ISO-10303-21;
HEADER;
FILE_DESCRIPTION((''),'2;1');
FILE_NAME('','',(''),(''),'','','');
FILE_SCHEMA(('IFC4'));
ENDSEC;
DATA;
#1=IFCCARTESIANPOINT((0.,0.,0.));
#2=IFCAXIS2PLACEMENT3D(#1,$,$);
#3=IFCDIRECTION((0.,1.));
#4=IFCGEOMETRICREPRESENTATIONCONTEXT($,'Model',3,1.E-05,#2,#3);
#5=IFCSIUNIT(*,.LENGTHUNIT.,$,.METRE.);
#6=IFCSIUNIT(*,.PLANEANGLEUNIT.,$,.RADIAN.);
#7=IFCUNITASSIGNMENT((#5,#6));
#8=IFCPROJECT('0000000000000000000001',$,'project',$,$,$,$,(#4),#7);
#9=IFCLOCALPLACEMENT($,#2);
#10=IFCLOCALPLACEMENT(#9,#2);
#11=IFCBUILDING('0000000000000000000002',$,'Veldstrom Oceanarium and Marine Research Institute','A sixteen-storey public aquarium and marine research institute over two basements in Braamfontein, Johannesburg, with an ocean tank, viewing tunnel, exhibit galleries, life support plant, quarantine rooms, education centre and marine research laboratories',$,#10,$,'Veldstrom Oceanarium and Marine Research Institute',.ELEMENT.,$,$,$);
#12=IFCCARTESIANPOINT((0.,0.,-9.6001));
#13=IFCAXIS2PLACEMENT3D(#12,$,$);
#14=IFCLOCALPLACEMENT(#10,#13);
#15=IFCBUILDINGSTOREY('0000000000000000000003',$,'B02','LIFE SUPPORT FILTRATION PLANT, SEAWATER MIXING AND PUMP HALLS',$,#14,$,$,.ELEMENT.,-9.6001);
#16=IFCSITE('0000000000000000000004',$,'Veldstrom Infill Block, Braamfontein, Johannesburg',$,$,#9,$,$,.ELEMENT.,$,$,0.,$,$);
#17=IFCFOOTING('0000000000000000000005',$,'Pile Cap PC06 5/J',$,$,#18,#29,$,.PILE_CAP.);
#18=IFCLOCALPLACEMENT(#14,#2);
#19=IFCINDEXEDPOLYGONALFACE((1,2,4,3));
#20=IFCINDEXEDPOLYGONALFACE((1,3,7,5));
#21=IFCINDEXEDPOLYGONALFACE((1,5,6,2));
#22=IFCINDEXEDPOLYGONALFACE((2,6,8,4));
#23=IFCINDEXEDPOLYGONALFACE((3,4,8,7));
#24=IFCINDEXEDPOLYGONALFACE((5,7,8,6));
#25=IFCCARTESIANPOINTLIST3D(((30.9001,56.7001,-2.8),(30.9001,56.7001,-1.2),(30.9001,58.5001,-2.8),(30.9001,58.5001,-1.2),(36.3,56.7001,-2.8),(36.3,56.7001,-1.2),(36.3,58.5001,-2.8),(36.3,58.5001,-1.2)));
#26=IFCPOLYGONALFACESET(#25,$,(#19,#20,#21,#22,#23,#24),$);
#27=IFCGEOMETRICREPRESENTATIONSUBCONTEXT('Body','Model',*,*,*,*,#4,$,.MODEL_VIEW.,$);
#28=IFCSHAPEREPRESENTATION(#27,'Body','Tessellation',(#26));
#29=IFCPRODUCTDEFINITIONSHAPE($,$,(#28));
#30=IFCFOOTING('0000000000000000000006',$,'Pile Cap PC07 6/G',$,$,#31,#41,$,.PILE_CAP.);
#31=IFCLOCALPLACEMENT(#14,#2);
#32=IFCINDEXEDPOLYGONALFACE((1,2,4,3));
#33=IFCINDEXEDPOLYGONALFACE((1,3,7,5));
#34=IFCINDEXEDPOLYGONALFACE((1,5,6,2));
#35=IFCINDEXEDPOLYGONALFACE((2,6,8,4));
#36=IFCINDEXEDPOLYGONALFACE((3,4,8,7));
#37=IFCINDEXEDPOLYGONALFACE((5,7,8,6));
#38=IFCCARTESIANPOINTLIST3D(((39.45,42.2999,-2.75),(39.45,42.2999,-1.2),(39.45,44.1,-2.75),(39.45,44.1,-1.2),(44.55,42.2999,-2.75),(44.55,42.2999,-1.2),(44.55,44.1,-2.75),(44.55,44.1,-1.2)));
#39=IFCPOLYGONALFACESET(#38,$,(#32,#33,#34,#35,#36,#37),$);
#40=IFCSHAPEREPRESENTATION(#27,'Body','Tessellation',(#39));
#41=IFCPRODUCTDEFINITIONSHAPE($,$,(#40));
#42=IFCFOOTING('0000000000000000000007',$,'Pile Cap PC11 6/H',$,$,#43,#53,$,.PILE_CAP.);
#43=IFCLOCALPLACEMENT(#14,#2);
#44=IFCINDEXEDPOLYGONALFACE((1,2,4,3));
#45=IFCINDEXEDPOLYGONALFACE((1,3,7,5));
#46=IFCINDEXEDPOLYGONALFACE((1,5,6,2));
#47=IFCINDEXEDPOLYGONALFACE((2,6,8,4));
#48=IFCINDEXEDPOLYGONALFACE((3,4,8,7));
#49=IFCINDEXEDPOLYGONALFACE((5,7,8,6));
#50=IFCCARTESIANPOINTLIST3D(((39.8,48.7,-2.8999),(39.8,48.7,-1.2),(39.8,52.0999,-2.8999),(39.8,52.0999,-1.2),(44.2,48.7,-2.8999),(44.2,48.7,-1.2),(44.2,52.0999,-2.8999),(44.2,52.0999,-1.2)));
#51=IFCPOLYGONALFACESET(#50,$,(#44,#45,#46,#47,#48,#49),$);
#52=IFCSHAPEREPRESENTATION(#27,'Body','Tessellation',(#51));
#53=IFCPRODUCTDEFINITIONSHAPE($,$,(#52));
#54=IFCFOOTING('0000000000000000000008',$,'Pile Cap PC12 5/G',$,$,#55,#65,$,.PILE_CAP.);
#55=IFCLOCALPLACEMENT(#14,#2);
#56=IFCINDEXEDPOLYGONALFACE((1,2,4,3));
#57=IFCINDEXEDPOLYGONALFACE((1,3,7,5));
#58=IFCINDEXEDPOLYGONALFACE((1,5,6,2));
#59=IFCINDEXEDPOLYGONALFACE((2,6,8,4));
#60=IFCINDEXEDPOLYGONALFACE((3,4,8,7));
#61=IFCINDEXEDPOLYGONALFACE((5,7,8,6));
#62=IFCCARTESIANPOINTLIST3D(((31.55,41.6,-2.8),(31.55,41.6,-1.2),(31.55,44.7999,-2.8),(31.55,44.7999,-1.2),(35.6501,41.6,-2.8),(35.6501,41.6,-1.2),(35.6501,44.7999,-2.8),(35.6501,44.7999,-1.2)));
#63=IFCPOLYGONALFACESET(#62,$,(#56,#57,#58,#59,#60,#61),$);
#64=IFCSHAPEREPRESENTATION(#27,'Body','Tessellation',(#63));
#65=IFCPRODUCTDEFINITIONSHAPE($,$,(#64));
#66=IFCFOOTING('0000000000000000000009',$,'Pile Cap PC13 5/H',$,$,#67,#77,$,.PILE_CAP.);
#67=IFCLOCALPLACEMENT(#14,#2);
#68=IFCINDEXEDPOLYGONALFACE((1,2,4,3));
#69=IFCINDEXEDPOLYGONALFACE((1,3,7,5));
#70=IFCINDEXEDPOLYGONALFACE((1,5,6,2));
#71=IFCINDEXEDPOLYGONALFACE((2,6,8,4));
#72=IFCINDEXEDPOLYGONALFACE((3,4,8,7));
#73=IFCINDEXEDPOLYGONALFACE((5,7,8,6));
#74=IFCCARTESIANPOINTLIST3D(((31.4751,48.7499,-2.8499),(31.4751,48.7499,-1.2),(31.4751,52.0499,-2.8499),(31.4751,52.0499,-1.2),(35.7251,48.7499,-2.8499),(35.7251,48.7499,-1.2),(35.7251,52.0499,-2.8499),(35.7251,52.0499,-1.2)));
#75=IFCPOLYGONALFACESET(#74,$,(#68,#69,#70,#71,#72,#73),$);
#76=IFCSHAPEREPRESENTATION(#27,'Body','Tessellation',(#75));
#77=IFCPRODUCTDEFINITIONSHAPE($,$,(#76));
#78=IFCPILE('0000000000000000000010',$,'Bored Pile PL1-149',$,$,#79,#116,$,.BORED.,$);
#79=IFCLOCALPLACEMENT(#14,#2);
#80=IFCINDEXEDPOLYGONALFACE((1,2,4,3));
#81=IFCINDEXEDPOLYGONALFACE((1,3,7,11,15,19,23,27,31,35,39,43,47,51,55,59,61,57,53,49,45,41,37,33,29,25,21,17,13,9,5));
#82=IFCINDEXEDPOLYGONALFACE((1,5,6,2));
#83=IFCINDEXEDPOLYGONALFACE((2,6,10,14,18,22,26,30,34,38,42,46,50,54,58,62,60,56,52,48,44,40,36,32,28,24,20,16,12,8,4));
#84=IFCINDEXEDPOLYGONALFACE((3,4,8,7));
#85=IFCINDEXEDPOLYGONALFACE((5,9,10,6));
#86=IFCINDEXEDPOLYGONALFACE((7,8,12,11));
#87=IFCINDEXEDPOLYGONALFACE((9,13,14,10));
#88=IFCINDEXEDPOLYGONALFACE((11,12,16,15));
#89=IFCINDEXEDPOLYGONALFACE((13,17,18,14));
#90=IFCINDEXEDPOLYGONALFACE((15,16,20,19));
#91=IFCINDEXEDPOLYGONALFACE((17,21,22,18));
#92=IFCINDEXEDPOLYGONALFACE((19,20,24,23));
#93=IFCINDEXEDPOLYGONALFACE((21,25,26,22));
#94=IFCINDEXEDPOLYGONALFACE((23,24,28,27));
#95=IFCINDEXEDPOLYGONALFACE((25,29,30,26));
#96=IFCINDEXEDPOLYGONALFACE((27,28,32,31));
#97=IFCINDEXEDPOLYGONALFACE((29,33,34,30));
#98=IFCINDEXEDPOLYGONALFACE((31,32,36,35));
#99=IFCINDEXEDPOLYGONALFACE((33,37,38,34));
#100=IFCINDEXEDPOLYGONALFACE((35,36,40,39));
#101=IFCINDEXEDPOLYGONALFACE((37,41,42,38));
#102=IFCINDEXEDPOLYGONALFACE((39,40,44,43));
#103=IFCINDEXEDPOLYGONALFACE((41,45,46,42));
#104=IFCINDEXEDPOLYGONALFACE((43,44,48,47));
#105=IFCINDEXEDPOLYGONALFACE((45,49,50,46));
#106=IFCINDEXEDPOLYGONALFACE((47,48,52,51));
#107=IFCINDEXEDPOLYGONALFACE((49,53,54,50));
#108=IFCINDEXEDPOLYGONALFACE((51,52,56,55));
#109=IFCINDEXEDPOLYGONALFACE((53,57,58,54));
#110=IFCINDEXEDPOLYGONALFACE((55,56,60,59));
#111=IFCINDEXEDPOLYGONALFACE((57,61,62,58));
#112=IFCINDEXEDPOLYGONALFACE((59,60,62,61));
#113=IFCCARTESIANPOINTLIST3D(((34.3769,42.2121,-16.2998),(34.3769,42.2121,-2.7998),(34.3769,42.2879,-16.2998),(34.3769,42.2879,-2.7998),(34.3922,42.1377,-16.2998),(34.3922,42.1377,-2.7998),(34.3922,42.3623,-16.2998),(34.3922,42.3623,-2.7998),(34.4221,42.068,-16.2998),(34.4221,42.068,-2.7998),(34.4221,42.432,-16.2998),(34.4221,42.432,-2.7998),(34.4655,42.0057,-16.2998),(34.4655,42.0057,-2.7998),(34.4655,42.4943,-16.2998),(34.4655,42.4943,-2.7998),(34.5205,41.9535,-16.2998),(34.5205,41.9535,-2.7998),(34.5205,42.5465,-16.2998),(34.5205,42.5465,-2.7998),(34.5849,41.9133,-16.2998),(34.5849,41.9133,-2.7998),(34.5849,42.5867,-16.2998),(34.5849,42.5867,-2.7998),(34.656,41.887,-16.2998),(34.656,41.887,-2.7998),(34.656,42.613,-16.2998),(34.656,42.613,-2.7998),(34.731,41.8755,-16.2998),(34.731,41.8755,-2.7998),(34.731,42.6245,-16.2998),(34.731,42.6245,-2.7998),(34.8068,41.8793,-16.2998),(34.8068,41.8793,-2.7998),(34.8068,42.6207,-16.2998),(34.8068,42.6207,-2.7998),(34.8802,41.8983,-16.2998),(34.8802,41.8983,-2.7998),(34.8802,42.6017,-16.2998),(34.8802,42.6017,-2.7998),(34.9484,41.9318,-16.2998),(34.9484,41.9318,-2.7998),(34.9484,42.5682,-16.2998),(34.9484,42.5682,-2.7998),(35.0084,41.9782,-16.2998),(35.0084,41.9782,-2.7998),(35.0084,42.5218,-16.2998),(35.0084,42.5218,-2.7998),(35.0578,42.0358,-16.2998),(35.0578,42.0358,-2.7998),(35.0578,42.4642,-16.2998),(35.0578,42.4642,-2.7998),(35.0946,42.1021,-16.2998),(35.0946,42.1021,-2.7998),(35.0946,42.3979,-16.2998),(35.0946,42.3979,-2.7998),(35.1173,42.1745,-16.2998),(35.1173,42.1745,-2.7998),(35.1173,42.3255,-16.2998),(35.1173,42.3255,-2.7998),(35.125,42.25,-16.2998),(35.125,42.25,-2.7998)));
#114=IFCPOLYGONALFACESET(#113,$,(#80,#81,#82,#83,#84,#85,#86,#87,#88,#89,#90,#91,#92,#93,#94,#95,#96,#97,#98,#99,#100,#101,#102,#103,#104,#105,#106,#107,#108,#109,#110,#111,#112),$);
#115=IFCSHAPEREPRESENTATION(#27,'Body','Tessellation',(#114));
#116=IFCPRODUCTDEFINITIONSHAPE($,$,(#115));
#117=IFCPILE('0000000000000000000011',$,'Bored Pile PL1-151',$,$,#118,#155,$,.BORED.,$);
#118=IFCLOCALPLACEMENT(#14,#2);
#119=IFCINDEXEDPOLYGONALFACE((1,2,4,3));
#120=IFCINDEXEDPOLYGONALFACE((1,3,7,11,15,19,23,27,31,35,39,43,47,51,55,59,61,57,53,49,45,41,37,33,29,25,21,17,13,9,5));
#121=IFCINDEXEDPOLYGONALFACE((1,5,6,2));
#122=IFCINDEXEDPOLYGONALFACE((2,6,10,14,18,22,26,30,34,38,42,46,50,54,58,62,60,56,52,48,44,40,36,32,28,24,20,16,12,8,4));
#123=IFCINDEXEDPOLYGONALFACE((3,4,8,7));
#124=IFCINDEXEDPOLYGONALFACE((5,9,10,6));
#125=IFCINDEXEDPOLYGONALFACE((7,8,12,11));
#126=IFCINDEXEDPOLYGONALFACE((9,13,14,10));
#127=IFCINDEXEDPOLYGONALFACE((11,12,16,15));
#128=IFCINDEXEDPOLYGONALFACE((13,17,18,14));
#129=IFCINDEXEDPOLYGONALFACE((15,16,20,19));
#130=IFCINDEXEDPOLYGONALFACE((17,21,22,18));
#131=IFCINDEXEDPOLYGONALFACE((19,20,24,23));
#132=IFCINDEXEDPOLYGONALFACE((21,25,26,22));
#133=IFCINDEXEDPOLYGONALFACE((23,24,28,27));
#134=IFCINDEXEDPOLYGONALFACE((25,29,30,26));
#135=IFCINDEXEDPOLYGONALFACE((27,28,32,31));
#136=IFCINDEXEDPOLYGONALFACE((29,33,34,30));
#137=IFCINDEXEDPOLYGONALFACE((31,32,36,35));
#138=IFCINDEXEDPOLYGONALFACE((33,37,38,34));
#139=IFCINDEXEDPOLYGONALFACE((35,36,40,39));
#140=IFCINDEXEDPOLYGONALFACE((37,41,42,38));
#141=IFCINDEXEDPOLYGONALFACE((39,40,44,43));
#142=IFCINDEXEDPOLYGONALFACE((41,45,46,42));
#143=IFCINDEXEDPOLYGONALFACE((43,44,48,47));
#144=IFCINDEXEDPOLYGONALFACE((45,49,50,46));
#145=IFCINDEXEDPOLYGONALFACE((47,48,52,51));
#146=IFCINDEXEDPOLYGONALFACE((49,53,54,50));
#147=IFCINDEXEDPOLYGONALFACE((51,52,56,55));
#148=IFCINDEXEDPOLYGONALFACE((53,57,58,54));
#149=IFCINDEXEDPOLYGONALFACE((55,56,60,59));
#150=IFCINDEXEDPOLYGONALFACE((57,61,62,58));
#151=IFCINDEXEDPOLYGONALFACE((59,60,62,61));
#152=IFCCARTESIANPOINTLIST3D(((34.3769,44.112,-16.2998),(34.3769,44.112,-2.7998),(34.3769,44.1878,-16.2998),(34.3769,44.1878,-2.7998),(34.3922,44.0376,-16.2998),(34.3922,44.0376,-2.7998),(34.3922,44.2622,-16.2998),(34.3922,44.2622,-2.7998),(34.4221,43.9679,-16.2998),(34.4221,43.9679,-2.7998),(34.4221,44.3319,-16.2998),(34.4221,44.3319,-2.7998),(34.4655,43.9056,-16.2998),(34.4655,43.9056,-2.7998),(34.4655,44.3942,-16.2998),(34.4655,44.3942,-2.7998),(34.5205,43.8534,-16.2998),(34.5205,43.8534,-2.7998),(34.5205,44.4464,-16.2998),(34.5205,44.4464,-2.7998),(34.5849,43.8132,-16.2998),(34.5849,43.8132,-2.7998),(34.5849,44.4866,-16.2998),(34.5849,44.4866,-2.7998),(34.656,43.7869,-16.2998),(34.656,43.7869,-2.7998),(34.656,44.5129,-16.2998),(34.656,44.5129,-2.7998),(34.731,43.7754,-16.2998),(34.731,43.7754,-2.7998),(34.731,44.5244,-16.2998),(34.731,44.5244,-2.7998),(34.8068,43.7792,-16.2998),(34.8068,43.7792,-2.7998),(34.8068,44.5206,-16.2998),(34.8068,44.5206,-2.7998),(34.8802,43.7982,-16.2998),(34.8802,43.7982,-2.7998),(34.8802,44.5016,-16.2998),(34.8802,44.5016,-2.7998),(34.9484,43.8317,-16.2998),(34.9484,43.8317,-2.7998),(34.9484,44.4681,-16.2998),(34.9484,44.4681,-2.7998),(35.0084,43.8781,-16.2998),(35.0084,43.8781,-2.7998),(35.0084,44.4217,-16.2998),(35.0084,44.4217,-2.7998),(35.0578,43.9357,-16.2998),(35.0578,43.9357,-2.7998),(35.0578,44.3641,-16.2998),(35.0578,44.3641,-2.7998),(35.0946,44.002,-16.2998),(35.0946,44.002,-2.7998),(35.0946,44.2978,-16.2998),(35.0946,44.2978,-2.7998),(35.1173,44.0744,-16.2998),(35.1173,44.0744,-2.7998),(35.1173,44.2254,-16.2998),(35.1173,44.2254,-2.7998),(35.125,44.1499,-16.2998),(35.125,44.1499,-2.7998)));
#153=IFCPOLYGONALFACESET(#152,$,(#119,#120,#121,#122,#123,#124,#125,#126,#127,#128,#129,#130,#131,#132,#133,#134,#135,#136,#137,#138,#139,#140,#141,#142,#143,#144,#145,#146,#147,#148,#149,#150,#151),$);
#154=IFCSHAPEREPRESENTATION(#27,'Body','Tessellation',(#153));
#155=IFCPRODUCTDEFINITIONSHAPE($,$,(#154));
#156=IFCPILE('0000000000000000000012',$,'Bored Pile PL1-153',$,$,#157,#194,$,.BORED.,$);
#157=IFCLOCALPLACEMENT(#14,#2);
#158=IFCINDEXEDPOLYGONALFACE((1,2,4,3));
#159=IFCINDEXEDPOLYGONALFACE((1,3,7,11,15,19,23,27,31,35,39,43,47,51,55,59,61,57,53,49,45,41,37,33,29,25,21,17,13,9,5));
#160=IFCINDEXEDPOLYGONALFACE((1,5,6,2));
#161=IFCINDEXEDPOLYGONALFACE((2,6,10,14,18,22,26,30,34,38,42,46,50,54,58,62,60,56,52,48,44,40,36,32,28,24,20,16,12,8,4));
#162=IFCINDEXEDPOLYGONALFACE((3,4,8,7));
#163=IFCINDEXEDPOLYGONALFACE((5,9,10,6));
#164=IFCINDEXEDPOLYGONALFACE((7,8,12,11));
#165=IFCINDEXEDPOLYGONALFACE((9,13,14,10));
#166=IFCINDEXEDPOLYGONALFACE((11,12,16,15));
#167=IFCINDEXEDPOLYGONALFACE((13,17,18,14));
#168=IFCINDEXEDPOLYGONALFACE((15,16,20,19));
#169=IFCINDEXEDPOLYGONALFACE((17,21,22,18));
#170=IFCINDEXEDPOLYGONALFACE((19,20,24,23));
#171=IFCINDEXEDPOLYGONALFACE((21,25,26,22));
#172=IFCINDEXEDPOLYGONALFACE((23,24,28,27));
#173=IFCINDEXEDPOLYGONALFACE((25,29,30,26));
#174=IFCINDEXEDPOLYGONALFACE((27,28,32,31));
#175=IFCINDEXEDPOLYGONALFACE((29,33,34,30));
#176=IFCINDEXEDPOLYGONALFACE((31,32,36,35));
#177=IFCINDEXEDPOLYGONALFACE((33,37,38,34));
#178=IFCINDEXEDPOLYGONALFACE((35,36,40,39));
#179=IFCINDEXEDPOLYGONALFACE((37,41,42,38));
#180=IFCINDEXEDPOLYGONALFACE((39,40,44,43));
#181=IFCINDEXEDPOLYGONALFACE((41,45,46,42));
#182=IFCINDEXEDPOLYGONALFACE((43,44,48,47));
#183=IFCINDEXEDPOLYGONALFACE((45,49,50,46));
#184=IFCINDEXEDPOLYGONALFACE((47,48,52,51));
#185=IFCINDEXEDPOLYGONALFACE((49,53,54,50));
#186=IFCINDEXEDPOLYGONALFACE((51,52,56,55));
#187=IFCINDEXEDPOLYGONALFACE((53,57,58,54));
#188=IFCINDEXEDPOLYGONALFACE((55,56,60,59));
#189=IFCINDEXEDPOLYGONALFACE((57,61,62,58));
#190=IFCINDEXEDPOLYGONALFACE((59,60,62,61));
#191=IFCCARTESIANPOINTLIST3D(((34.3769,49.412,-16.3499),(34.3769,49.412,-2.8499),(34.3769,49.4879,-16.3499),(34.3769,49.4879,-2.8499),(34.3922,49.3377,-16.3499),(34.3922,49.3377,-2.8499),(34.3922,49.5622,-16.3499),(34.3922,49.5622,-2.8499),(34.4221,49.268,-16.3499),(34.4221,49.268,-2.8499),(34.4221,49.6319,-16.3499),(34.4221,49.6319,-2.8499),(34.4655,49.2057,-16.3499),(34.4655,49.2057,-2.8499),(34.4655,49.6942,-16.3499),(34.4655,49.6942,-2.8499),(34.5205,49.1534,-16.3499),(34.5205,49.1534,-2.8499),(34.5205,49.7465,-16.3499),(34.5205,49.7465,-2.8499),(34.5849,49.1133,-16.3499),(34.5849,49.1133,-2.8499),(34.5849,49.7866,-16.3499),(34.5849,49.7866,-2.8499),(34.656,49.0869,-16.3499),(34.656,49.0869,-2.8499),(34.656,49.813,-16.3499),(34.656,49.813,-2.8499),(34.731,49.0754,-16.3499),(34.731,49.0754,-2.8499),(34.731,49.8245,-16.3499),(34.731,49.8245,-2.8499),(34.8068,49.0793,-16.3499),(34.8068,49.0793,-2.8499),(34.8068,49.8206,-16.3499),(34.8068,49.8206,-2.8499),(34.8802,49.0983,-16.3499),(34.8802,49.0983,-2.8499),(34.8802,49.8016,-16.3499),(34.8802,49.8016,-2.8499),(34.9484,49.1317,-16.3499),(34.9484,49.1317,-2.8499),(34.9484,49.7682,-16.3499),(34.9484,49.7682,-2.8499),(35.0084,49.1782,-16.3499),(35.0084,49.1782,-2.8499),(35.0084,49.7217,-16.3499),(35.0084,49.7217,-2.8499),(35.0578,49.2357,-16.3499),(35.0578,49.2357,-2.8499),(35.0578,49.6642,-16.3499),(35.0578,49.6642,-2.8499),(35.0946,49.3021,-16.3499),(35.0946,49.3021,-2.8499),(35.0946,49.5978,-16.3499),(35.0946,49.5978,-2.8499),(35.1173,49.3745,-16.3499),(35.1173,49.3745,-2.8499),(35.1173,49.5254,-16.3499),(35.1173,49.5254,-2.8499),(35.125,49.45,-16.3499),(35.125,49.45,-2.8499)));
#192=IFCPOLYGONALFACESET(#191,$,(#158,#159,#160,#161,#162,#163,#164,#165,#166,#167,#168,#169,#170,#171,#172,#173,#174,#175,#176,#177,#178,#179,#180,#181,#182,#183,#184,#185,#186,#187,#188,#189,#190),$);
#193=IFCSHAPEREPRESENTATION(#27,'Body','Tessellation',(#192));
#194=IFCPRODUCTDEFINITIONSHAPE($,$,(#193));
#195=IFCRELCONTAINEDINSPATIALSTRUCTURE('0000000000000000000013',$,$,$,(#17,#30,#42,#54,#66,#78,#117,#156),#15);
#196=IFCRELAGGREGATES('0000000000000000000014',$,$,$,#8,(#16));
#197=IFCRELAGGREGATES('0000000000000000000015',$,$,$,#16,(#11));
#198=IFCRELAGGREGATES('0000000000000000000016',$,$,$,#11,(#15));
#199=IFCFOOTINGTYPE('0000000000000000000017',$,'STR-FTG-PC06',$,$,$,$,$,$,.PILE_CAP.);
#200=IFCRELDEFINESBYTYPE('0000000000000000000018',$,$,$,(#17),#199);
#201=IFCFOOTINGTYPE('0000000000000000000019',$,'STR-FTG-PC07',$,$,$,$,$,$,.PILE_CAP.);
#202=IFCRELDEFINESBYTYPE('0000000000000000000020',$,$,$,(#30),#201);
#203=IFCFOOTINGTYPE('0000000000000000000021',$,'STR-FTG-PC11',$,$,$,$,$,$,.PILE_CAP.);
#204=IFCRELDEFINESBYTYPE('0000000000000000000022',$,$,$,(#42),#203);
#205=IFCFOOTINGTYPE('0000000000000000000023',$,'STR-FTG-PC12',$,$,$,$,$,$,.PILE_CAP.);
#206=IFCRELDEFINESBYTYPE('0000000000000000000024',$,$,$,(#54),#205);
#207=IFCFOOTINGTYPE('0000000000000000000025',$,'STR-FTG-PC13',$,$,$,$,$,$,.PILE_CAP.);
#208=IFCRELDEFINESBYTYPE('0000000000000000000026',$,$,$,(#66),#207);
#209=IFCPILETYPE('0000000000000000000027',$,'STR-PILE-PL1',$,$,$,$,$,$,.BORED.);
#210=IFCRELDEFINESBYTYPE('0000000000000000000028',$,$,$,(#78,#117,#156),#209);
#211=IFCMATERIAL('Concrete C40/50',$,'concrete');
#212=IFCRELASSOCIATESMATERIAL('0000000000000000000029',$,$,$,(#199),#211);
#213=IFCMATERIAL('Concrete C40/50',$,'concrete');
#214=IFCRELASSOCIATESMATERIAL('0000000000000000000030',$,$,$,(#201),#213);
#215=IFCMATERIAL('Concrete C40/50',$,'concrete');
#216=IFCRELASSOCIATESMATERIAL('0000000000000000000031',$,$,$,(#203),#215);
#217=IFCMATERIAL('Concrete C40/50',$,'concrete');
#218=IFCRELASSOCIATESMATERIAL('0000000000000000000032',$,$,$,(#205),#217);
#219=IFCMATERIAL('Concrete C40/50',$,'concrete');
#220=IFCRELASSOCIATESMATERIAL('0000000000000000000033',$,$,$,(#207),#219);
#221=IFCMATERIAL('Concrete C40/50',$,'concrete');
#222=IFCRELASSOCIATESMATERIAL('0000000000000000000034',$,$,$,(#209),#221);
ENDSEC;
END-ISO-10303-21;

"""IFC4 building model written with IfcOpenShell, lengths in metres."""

from ifc_helpers import new_model, si_unit, direction, frame, origin, origin_2d, place, context, subcontext, project, spatial, rectangle, circle, extrude, material, material_profile, profile_set, type_object, element, save


model = new_model("IFC4")

# Units and contexts
model_context = context("Model", 3, precision=1e-05, world=origin(), true_north=direction((0.0, 1.0)))
body_context = subcontext(model_context, "Body", "Model", "MODEL_VIEW")
ifc_project = project(units=[si_unit("LENGTHUNIT", "METRE"), si_unit("PLANEANGLEUNIT", "RADIAN")], contexts=[model_context])

# Site, building, storey
site_placement = place(None, origin())
site = spatial("IfcSite", under=ifc_project, at=site_placement, Name="Veldstrom Infill Block, Braamfontein, Johannesburg", CompositionType="ELEMENT", RefElevation=0.0)
building_placement = place(site_placement, origin())
building = spatial("IfcBuilding", under=site, at=building_placement, Name="Veldstrom Oceanarium and Marine Research Institute", Description="A sixteen-storey public aquarium and marine research institute over two basements in Braamfontein, Johannesburg, with an ocean tank, viewing tunnel, exhibit galleries, life support plant, quarantine rooms, education centre and marine research laboratories", LongName="Veldstrom Oceanarium and Marine Research Institute", CompositionType="ELEMENT")
storey_placement = place(building_placement, frame((0.0, 0.0, -9.6001)))
storey = spatial("IfcBuildingStorey", under=building, at=storey_placement, Name="B02", Description="LIFE SUPPORT FILTRATION PLANT, SEAWATER MIXING AND PUMP HALLS", CompositionType="ELEMENT", Elevation=-9.6001)

# Footings
ifc_material_1 = material(Name="Concrete C40/50", Category="concrete")
footing_type_1 = type_object("IfcFootingType", Name="STR-FTG-PC06", PredefinedType="PILE_CAP", material=ifc_material_1)
footing_1_placement = place(storey_placement, frame((33.6001, 57.6001, -2.8), z_axis=(0.0, 0.0, 1.0), x_axis=(1.0, 0.0, 0.0)))
element("IfcFooting", 1, at=footing_1_placement, inside=storey, type_object=footing_type_1, Name="Pile Cap PC06 5/J", PredefinedType="PILE_CAP", context=body_context, shape_type="SweptSolid", body=[
    extrude(rectangle(XDim=5.3999, YDim=1.8, at=origin_2d()), origin(), (0.0, 0.0, 1.0), 1.6001),
])
ifc_material_2 = material(Name="Concrete C40/50", Category="concrete")
footing_type_2 = type_object("IfcFootingType", Name="STR-FTG-PC07", PredefinedType="PILE_CAP", material=ifc_material_2)
footing_2_placement = place(storey_placement, frame((42.0, 43.2, -2.75), z_axis=(0.0, 0.0, 1.0), x_axis=(1.0, 0.0, 0.0)))
element("IfcFooting", 2, at=footing_2_placement, inside=storey, type_object=footing_type_2, Name="Pile Cap PC07 6/G", PredefinedType="PILE_CAP", context=body_context, shape_type="SweptSolid", body=[
    extrude(rectangle(XDim=5.1001, YDim=1.8, at=origin_2d()), origin(), (0.0, 0.0, 1.0), 1.55),
])
ifc_material_3 = material(Name="Concrete C40/50", Category="concrete")
footing_type_3 = type_object("IfcFootingType", Name="STR-FTG-PC11", PredefinedType="PILE_CAP", material=ifc_material_3)
footing_3_placement = place(storey_placement, frame((42.0, 50.3999, -2.8999), z_axis=(0.0, 0.0, 1.0), x_axis=(1.0, 0.0, 0.0)))
element("IfcFooting", 3, at=footing_3_placement, inside=storey, type_object=footing_type_3, Name="Pile Cap PC11 6/H", PredefinedType="PILE_CAP", context=body_context, shape_type="SweptSolid", body=[
    extrude(rectangle(XDim=4.3999, YDim=3.3999, at=origin_2d()), origin(), (0.0, 0.0, 1.0), 1.7),
])
ifc_material_4 = material(Name="Concrete C40/50", Category="concrete")
footing_type_4 = type_object("IfcFootingType", Name="STR-FTG-PC12", PredefinedType="PILE_CAP", material=ifc_material_4)
footing_4_placement = place(storey_placement, frame((33.6001, 43.2, -2.8), z_axis=(0.0, 0.0, 1.0), x_axis=(1.0, 0.0, 0.0)))
element("IfcFooting", 4, at=footing_4_placement, inside=storey, type_object=footing_type_4, Name="Pile Cap PC12 5/G", PredefinedType="PILE_CAP", context=body_context, shape_type="SweptSolid", body=[
    extrude(rectangle(XDim=4.1001, YDim=3.2, at=origin_2d()), origin(), (0.0, 0.0, 1.0), 1.6001),
])
ifc_material_5 = material(Name="Concrete C40/50", Category="concrete")
footing_type_5 = type_object("IfcFootingType", Name="STR-FTG-PC13", PredefinedType="PILE_CAP", material=ifc_material_5)
footing_5_placement = place(storey_placement, frame((33.6001, 50.3999, -2.8499), z_axis=(0.0, 0.0, 1.0), x_axis=(1.0, 0.0, 0.0)))
element("IfcFooting", 5, at=footing_5_placement, inside=storey, type_object=footing_type_5, Name="Pile Cap PC13 5/H", PredefinedType="PILE_CAP", context=body_context, shape_type="SweptSolid", body=[
    extrude(rectangle(XDim=4.25, YDim=3.3, at=origin_2d()), origin(), (0.0, 0.0, 1.0), 1.6499),
])

# Piles
ifc_material_6 = material(Name="Concrete C40/50", Category="concrete")
ifc_material_profile_1 = material_profile(ifc_material_6, circle(Radius=0.375, at=origin_2d()), Name="PILE-D750")
ifc_profile_set_1 = profile_set([ifc_material_profile_1], Name="Concrete C40/50")
pile_type = type_object("IfcPileType", Name="STR-PILE-PL1", PredefinedType="BORED", material=ifc_profile_set_1)
for number, where, z_axis, x_axis, name in (
    (6, (34.75, 42.25, -2.7998), (0.0, 0.0, -1.0), (1.0, 0.0, 0.0), "Bored Pile PL1-149"),
    (7, (34.75, 44.1499, -2.7998), (0.0, 0.0, -1.0), (1.0, 0.0, 0.0), "Bored Pile PL1-151"),
    (8, (34.75, 49.45, -2.8499), (0.0, 0.0, -1.0), (1.0, 0.0, 0.0), "Bored Pile PL1-153"),
):
    element("IfcPile", number, at=place(storey_placement, frame(where, z_axis=z_axis, x_axis=x_axis)), inside=storey, type_object=pile_type, Name=name, PredefinedType="BORED", context=body_context, shape_type="SweptSolid", body=[
        extrude(circle(Radius=0.375, at=origin_2d()), origin(), (0.0, 0.0, 1.0), 13.5),
    ])

save(model, "model.ifc")
